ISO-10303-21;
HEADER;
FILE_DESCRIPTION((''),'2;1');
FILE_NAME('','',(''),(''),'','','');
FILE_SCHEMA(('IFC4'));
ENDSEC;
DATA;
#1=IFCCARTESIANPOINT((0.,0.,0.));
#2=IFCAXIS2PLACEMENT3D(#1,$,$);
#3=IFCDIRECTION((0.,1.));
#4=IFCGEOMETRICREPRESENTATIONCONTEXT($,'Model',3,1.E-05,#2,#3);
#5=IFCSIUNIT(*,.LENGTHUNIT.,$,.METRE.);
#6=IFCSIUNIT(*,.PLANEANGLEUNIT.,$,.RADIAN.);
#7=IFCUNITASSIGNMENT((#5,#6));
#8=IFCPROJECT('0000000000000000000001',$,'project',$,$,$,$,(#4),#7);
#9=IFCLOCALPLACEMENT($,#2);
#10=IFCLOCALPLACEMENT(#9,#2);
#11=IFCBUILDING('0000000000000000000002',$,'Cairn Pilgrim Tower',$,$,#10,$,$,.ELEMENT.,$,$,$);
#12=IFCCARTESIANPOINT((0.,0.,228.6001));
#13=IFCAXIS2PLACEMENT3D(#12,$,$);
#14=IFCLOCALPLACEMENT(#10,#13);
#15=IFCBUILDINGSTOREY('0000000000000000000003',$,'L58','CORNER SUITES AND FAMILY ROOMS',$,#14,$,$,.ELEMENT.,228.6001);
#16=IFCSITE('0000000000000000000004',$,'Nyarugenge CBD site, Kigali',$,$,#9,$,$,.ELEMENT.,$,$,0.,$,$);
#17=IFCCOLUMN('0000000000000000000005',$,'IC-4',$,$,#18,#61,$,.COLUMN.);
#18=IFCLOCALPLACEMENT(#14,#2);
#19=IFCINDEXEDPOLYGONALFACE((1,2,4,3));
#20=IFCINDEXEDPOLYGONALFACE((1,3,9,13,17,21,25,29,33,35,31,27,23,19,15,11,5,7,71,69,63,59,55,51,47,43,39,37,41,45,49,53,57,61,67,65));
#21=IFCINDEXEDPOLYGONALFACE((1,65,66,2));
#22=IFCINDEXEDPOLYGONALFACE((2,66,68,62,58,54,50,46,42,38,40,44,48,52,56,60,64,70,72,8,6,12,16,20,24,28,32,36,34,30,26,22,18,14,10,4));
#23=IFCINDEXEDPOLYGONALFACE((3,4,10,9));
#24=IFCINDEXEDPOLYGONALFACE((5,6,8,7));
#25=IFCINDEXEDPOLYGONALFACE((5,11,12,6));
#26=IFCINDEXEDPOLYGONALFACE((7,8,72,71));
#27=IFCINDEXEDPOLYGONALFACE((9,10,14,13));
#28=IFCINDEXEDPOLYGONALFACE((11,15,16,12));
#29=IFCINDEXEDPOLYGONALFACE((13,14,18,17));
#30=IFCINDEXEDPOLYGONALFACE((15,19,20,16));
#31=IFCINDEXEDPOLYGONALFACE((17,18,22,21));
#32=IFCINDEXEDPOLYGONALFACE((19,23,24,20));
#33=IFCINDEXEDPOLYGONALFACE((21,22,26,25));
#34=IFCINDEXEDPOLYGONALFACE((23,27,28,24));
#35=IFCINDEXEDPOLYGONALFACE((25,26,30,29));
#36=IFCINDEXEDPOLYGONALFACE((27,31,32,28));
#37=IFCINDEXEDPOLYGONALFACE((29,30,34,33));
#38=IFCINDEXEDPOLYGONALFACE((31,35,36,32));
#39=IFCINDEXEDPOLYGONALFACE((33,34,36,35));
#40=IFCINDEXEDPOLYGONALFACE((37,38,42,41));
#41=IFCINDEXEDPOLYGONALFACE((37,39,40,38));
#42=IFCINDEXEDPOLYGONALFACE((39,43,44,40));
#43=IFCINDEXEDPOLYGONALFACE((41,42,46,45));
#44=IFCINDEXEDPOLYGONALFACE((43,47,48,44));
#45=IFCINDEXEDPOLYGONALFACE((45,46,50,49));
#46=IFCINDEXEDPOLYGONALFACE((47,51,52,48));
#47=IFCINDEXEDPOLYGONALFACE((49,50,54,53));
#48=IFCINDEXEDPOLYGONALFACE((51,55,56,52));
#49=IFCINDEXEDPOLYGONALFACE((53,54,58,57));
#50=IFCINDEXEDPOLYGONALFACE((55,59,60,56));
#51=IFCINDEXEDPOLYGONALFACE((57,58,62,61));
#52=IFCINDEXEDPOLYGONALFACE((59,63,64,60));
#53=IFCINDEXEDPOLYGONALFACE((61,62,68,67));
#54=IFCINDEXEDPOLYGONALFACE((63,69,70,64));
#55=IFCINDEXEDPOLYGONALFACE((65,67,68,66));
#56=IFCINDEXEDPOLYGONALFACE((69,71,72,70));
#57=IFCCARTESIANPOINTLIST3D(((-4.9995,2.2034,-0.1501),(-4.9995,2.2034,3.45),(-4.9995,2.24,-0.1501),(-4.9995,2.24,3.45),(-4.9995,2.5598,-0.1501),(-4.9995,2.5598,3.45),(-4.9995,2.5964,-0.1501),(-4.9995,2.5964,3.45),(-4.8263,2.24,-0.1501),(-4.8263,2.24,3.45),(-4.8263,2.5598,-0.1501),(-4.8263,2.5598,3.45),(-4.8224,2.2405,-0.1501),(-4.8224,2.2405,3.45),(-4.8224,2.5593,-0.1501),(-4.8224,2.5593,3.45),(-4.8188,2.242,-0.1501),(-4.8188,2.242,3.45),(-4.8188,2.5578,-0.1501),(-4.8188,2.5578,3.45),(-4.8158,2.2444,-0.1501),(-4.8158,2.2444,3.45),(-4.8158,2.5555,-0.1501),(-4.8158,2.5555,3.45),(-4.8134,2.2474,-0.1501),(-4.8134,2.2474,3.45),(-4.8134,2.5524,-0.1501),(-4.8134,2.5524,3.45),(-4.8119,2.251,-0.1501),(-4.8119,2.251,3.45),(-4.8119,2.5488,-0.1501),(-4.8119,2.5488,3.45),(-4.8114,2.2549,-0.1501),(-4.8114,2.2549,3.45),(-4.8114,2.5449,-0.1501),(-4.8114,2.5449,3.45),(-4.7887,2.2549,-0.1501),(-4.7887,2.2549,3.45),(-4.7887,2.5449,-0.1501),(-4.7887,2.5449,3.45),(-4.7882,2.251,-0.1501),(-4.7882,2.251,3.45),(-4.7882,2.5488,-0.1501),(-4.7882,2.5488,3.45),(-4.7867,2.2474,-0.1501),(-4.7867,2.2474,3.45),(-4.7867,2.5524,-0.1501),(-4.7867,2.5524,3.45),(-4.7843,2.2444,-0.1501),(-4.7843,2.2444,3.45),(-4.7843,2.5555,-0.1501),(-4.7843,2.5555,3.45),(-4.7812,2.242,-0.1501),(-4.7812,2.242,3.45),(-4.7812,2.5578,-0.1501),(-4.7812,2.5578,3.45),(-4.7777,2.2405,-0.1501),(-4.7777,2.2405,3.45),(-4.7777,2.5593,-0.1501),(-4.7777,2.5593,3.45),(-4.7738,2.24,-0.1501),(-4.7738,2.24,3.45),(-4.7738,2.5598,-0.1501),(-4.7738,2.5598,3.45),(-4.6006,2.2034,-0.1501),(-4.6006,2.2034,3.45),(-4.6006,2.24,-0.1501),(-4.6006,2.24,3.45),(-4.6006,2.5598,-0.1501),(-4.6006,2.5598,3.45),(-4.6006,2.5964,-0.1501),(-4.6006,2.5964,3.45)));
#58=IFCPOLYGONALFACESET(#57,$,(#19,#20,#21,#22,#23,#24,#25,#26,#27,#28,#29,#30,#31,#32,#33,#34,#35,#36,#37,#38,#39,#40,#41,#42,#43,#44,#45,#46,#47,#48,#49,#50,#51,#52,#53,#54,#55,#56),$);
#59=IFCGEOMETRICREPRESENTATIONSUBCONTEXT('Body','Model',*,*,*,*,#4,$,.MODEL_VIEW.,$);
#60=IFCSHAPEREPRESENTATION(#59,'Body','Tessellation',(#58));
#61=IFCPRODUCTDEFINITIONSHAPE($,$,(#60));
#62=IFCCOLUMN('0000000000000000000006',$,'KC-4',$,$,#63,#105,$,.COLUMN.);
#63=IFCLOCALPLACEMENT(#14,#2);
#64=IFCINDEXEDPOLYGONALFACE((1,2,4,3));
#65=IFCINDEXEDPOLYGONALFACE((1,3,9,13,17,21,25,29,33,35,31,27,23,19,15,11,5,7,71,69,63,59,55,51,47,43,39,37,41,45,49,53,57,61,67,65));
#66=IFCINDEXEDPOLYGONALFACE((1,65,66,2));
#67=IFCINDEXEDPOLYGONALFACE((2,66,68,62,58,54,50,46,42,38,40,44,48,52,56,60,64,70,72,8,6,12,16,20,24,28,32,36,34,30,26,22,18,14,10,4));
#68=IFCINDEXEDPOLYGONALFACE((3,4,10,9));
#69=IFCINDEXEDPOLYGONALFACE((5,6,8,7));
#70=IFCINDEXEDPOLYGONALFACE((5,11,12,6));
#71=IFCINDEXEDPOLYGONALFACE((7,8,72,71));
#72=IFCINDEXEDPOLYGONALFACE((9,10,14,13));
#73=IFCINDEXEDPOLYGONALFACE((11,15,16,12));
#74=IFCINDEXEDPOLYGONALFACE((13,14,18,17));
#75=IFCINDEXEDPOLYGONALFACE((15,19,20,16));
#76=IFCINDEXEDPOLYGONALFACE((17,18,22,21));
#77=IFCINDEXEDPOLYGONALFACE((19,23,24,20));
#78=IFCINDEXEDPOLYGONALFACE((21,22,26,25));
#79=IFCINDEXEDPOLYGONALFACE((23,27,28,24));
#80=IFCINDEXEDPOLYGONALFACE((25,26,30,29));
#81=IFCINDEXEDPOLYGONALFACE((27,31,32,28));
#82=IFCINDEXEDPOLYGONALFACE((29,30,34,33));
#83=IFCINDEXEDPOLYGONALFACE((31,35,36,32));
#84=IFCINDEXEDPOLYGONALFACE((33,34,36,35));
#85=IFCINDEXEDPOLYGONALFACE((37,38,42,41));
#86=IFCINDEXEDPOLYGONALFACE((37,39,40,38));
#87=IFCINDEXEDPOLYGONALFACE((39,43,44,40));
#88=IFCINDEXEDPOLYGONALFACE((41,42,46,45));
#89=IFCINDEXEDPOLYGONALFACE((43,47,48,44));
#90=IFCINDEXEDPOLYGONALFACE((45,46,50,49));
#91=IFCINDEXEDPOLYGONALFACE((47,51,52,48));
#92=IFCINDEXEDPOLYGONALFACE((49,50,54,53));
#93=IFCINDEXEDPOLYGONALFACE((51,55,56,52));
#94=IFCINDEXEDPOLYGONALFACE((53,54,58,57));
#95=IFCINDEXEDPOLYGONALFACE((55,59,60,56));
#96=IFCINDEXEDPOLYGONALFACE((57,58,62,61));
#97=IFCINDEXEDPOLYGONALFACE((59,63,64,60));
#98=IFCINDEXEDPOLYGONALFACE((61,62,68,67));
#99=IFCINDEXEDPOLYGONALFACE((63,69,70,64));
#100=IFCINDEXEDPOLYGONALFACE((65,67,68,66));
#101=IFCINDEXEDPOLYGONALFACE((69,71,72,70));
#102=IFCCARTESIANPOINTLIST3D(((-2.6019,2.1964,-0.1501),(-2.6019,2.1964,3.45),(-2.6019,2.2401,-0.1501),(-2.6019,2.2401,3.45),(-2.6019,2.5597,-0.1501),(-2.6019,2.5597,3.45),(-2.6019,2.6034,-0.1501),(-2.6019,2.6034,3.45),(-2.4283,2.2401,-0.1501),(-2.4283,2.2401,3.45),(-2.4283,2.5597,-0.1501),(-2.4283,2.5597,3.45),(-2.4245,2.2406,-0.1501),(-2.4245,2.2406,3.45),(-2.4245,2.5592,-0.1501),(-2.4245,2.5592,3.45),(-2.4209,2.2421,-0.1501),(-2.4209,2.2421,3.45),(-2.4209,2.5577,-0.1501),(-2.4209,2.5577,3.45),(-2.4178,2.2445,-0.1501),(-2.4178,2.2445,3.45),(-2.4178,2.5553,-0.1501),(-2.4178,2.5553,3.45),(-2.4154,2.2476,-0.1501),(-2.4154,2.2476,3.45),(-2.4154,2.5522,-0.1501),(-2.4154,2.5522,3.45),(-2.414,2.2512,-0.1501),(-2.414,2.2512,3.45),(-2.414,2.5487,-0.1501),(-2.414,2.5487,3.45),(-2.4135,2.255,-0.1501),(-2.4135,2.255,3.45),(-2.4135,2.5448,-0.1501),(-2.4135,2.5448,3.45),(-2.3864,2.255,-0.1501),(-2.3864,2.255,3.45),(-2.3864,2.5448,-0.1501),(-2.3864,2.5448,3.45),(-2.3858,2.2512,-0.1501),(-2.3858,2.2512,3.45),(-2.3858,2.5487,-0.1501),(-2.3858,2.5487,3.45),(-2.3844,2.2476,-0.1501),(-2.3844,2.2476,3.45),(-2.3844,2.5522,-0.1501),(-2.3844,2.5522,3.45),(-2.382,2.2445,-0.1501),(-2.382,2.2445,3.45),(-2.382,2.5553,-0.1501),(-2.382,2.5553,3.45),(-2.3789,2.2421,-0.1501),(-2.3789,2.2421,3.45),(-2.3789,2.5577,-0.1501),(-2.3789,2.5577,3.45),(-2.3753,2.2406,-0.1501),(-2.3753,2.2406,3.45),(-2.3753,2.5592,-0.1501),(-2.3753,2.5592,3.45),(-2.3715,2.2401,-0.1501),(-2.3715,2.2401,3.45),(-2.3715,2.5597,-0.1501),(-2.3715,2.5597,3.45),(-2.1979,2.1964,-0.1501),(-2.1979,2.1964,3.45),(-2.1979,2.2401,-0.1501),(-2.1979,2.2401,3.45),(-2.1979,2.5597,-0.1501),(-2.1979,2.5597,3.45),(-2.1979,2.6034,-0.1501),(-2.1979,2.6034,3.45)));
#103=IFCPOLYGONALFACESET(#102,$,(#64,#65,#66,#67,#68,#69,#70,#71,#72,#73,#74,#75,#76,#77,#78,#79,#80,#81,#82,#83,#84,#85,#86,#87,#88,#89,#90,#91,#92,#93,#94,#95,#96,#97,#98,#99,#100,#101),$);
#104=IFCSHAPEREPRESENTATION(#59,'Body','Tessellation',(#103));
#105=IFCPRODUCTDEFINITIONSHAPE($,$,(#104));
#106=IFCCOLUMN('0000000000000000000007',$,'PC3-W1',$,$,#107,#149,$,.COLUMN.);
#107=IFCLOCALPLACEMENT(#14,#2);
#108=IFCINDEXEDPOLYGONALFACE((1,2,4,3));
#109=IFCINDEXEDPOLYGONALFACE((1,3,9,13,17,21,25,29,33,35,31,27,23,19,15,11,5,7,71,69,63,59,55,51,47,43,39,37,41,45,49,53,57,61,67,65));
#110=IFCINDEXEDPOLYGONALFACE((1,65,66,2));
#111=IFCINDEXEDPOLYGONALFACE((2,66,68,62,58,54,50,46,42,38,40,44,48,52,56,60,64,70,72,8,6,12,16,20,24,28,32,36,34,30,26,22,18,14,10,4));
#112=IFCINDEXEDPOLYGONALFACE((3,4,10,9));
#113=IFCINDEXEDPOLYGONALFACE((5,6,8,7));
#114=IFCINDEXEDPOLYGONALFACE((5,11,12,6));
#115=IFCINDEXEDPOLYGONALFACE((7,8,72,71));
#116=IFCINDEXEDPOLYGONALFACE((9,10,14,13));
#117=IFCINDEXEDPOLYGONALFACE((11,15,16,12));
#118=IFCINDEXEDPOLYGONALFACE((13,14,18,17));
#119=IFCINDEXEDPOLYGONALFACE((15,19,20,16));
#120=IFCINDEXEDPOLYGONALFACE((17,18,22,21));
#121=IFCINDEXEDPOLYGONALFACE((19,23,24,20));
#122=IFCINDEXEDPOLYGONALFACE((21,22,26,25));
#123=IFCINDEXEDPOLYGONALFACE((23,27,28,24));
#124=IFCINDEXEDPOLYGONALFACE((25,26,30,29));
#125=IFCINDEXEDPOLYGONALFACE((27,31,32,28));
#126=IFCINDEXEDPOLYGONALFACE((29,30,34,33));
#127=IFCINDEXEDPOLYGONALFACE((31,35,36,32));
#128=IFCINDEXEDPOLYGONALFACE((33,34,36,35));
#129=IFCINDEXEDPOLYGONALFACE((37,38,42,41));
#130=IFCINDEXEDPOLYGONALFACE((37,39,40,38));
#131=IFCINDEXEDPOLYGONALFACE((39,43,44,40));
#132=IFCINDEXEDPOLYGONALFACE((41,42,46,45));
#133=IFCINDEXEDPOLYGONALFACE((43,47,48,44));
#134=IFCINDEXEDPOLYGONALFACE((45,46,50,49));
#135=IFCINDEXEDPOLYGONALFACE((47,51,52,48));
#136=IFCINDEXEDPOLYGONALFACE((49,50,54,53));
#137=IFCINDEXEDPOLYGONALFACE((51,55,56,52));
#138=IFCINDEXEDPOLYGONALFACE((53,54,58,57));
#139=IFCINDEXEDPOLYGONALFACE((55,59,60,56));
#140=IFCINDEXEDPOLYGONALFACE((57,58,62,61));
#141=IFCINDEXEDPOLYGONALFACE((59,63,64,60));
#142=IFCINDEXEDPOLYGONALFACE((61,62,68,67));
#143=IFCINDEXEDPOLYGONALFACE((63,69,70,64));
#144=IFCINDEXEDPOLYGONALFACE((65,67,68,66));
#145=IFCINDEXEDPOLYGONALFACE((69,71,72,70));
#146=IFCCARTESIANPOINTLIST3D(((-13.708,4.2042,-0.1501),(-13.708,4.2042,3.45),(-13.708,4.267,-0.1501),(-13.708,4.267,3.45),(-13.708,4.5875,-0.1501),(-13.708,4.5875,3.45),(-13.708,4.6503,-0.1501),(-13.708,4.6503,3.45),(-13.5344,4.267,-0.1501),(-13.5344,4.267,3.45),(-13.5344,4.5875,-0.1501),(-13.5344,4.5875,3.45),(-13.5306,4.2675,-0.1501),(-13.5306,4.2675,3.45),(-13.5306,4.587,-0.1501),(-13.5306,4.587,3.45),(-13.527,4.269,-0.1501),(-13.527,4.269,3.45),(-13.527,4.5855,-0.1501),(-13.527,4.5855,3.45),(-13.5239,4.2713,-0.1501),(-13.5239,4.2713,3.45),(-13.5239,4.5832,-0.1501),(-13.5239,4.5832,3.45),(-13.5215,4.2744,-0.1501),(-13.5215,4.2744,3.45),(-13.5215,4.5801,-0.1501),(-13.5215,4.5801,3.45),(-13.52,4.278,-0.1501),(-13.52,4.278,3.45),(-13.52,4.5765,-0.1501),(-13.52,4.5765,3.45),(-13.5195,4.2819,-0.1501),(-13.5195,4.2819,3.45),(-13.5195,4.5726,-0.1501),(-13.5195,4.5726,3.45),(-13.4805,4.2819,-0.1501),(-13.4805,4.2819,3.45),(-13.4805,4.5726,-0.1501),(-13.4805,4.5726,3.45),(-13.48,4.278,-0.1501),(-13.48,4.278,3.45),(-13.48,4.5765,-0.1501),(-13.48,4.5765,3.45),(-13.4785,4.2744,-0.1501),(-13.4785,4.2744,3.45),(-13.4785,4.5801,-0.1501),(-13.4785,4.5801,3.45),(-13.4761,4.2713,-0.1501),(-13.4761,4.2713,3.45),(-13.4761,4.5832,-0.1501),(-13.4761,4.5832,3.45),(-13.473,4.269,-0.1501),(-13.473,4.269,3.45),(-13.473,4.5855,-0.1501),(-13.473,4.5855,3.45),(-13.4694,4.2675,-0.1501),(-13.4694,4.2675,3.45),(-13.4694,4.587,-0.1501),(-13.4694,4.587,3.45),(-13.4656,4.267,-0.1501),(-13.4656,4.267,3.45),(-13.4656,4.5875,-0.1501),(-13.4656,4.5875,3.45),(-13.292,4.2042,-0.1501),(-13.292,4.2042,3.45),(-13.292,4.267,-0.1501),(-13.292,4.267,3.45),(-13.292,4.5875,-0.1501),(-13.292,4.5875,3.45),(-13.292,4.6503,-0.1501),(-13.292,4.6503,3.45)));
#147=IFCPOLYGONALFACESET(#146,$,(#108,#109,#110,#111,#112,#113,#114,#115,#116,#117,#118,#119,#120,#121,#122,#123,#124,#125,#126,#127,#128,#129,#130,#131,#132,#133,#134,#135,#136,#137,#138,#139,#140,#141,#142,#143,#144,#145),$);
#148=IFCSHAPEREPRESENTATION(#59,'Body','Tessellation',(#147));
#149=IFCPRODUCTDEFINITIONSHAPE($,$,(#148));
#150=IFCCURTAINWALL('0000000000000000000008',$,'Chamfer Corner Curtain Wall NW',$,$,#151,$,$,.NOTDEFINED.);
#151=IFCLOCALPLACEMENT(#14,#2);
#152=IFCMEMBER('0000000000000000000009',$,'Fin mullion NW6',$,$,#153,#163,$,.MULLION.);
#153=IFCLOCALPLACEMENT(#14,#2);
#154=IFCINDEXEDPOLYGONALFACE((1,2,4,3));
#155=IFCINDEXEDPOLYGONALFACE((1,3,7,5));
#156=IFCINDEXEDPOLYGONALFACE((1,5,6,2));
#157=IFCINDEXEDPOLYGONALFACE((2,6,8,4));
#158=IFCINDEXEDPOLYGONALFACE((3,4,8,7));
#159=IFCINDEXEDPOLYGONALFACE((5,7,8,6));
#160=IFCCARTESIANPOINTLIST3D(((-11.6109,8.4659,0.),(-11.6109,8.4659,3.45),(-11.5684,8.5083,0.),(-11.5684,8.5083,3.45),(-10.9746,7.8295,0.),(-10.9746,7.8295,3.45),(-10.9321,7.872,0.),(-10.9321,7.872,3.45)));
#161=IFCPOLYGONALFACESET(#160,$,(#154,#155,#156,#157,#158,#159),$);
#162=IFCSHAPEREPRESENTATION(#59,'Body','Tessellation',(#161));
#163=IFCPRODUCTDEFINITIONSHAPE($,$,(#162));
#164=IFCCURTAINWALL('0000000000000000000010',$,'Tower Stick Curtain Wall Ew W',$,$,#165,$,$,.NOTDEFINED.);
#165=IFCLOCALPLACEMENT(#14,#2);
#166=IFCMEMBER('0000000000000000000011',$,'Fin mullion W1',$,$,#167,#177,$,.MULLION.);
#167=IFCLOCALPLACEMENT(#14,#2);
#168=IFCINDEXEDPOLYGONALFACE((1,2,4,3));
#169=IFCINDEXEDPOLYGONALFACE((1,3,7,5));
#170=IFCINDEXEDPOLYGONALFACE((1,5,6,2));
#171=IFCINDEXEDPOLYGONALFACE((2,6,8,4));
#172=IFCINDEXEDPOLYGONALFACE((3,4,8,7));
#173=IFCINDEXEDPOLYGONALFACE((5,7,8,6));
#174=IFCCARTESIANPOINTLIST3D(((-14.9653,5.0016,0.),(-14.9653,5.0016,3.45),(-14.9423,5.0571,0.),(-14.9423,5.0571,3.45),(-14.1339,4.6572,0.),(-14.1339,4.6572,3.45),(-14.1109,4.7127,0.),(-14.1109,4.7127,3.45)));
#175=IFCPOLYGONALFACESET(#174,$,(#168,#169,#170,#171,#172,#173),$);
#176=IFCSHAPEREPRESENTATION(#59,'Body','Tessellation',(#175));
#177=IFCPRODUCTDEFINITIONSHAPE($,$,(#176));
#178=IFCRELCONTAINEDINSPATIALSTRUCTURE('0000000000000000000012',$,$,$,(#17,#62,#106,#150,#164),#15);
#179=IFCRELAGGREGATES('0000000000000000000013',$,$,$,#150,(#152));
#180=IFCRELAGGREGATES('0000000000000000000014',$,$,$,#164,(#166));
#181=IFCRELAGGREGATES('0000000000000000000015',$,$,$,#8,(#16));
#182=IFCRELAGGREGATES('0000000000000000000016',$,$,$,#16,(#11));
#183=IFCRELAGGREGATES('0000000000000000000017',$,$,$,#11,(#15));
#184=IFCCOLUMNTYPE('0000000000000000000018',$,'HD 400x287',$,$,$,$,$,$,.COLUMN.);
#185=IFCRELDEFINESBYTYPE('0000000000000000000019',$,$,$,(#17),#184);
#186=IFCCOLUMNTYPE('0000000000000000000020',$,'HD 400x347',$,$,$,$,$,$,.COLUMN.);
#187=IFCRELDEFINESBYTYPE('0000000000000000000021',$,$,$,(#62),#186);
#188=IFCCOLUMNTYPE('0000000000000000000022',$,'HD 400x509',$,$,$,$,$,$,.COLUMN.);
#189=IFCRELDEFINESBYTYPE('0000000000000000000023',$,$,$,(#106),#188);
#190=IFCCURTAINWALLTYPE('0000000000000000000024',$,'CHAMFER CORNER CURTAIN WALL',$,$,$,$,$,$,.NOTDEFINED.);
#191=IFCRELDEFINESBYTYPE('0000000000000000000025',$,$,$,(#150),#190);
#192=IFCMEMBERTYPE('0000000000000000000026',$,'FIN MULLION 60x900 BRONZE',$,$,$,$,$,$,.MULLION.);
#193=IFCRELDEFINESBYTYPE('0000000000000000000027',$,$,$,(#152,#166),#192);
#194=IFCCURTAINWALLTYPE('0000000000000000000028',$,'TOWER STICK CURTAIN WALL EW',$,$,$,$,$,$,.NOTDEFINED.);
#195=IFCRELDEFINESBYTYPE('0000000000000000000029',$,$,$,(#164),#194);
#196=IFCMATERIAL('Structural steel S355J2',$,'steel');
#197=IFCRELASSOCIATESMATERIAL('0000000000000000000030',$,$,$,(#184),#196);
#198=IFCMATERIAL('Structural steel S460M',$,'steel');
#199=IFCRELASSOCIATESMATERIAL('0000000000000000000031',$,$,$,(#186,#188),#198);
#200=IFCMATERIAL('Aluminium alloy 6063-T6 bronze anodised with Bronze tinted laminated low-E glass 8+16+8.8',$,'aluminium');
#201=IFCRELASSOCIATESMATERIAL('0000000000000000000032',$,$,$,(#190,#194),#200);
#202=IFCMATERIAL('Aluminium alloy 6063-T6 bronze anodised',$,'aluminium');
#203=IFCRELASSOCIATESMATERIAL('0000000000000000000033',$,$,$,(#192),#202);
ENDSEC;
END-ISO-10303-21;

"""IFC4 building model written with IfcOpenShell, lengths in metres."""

from ifc_helpers import new_model, si_unit, direction, frame, origin, origin_2d, place, context, subcontext, project, spatial, rectangle, i_section, extrude, material, material_profile, profile_set, type_object, element, aggregate, save


model = new_model("IFC4")

# Units and contexts
model_context = context("Model", 3, precision=1e-05, world=origin(), true_north=direction((0.0, 1.0)))
body_context = subcontext(model_context, "Body", "Model", "MODEL_VIEW")
ifc_project = project(units=[si_unit("LENGTHUNIT", "METRE"), si_unit("PLANEANGLEUNIT", "RADIAN")], contexts=[model_context])

# Site, building, storey
site_placement = place(None, origin())
site = spatial("IfcSite", under=ifc_project, at=site_placement, Name="Nyarugenge CBD site, Kigali", CompositionType="ELEMENT", RefElevation=0.0)
building_placement = place(site_placement, origin())
building = spatial("IfcBuilding", under=site, at=building_placement, Name="Cairn Pilgrim Tower", CompositionType="ELEMENT")
storey_placement = place(building_placement, frame((0.0, 0.0, 228.6001)))
storey = spatial("IfcBuildingStorey", under=building, at=storey_placement, Name="L58", Description="CORNER SUITES AND FAMILY ROOMS", CompositionType="ELEMENT", Elevation=228.6001)

# Columns
ifc_material_1 = material(Name="Structural steel S355J2", Category="steel")
ifc_material_profile_1 = material_profile(ifc_material_1, i_section(OverallWidth=0.3989, OverallDepth=0.3931, WebThickness=0.0227, FlangeThickness=0.0366, FilletRadius=0.0149, at=origin_2d()), Name="HD 400x287")
ifc_profile_set_1 = profile_set([ifc_material_profile_1], Name="Structural steel S355J2")
column_type_1 = type_object("IfcColumnType", Name="HD 400x287", PredefinedType="COLUMN", material=ifc_profile_set_1)
column_1_placement = place(storey_placement, frame((-4.8, 2.3999, -0.1501), z_axis=(0.0, 0.0, 1.0), x_axis=(1.0, 0.0, 0.0)))
element("IfcColumn", 1, at=column_1_placement, inside=storey, type_object=column_type_1, Name="IC-4", PredefinedType="COLUMN", context=body_context, shape_type="SweptSolid", body=[
    extrude(i_section(OverallWidth=0.3989, OverallDepth=0.3931, WebThickness=0.0227, FlangeThickness=0.0366, FilletRadius=0.0149, at=origin_2d()), origin(), (0.0, 0.0, 1.0), 3.6001),
])
ifc_material_2 = material(Name="Structural steel S460M", Category="steel")
ifc_material_profile_2 = material_profile(ifc_material_2, i_section(OverallWidth=0.4041, OverallDepth=0.407, WebThickness=0.0271, FlangeThickness=0.0437, FilletRadius=0.0149, at=origin_2d()), Name="HD 400x347")
ifc_profile_set_2 = profile_set([ifc_material_profile_2], Name="Structural steel S460M")
column_type_2 = type_object("IfcColumnType", Name="HD 400x347", PredefinedType="COLUMN", material=ifc_profile_set_2)
column_2_placement = place(storey_placement, frame((-2.3999, 2.3999, -0.1501), z_axis=(0.0, 0.0, 1.0), x_axis=(1.0, 0.0, 0.0)))
element("IfcColumn", 2, at=column_2_placement, inside=storey, type_object=column_type_2, Name="KC-4", PredefinedType="COLUMN", context=body_context, shape_type="SweptSolid", body=[
    extrude(i_section(OverallWidth=0.4041, OverallDepth=0.407, WebThickness=0.0271, FlangeThickness=0.0437, FilletRadius=0.0149, at=origin_2d()), origin(), (0.0, 0.0, 1.0), 3.6001),
])
ifc_material_profile_3 = material_profile(ifc_material_2, i_section(OverallWidth=0.416, OverallDepth=0.446, WebThickness=0.0391, FlangeThickness=0.0627, FilletRadius=0.0149, at=origin_2d()), Name="HD 400x509")
ifc_profile_set_3 = profile_set([ifc_material_profile_3], Name="Structural steel S460M")
column_type_3 = type_object("IfcColumnType", Name="HD 400x509", PredefinedType="COLUMN", material=ifc_profile_set_3)
column_3_placement = place(storey_placement, frame((-13.5, 4.4272, -0.1501), z_axis=(0.0, 0.0, 1.0), x_axis=(1.0, 0.0, 0.0)))
element("IfcColumn", 3, at=column_3_placement, inside=storey, type_object=column_type_3, Name="PC3-W1", PredefinedType="COLUMN", context=body_context, shape_type="SweptSolid", body=[
    extrude(i_section(OverallWidth=0.416, OverallDepth=0.446, WebThickness=0.0391, FlangeThickness=0.0627, FilletRadius=0.0149, at=origin_2d()), origin(), (0.0, 0.0, 1.0), 3.6001),
])

# Curtain walls, members
ifc_material_3 = material(Name="Aluminium alloy 6063-T6 bronze anodised with Bronze tinted laminated low-E glass 8+16+8.8", Category="aluminium")
curtain_wall_type_1 = type_object("IfcCurtainWallType", Name="CHAMFER CORNER CURTAIN WALL", PredefinedType="NOTDEFINED", material=ifc_material_3)
curtain_wall_1_placement = place(storey_placement, origin())
curtain_wall_1 = element("IfcCurtainWall", 4, at=curtain_wall_1_placement, inside=storey, type_object=curtain_wall_type_1, Name="Chamfer Corner Curtain Wall NW", PredefinedType="NOTDEFINED")
ifc_material_4 = material(Name="Aluminium alloy 6063-T6 bronze anodised", Category="aluminium")
ifc_material_profile_4 = material_profile(ifc_material_4, rectangle(XDim=0.8999, YDim=0.0601, at=origin_2d()), Name="FIN MULLION 60x900 BRONZE")
ifc_profile_set_4 = profile_set([ifc_material_profile_4], Name="Aluminium alloy 6063-T6 bronze anodised")
member_type_1 = type_object("IfcMemberType", Name="FIN MULLION 60x900 BRONZE", PredefinedType="MULLION", material=ifc_profile_set_4)
member_1_placement = place(storey_placement, frame((-11.2715, 8.1689, 0.0), z_axis=(0.0, 0.0, 1.0), x_axis=(-0.707107, 0.707107, 0.0)))
member_1 = element("IfcMember", 5, at=member_1_placement, type_object=member_type_1, Name="Fin mullion NW6", PredefinedType="MULLION", context=body_context, shape_type="SweptSolid", body=[
    extrude(rectangle(XDim=0.8999, YDim=0.0601, at=origin_2d()), origin(), (0.0, 0.0, 1.0), 3.45),
])
curtain_wall_type_2 = type_object("IfcCurtainWallType", Name="TOWER STICK CURTAIN WALL EW", PredefinedType="NOTDEFINED", material=ifc_material_3)
curtain_wall_2_placement = place(storey_placement, origin())
curtain_wall_2 = element("IfcCurtainWall", 6, at=curtain_wall_2_placement, inside=storey, type_object=curtain_wall_type_2, Name="Tower Stick Curtain Wall Ew W", PredefinedType="NOTDEFINED")
member_2_placement = place(storey_placement, frame((-14.5381, 4.8572, 0.0), z_axis=(0.0, 0.0, 1.0), x_axis=(-0.92388, 0.382683, 0.0)))
member_2 = element("IfcMember", 7, at=member_2_placement, type_object=member_type_1, Name="Fin mullion W1", PredefinedType="MULLION", context=body_context, shape_type="SweptSolid", body=[
    extrude(rectangle(XDim=0.8999, YDim=0.0601, at=origin_2d()), origin(), (0.0, 0.0, 1.0), 3.45),
])

aggregate(curtain_wall_1, [member_1])
aggregate(curtain_wall_2, [member_2])

save(model, "model.ifc")
